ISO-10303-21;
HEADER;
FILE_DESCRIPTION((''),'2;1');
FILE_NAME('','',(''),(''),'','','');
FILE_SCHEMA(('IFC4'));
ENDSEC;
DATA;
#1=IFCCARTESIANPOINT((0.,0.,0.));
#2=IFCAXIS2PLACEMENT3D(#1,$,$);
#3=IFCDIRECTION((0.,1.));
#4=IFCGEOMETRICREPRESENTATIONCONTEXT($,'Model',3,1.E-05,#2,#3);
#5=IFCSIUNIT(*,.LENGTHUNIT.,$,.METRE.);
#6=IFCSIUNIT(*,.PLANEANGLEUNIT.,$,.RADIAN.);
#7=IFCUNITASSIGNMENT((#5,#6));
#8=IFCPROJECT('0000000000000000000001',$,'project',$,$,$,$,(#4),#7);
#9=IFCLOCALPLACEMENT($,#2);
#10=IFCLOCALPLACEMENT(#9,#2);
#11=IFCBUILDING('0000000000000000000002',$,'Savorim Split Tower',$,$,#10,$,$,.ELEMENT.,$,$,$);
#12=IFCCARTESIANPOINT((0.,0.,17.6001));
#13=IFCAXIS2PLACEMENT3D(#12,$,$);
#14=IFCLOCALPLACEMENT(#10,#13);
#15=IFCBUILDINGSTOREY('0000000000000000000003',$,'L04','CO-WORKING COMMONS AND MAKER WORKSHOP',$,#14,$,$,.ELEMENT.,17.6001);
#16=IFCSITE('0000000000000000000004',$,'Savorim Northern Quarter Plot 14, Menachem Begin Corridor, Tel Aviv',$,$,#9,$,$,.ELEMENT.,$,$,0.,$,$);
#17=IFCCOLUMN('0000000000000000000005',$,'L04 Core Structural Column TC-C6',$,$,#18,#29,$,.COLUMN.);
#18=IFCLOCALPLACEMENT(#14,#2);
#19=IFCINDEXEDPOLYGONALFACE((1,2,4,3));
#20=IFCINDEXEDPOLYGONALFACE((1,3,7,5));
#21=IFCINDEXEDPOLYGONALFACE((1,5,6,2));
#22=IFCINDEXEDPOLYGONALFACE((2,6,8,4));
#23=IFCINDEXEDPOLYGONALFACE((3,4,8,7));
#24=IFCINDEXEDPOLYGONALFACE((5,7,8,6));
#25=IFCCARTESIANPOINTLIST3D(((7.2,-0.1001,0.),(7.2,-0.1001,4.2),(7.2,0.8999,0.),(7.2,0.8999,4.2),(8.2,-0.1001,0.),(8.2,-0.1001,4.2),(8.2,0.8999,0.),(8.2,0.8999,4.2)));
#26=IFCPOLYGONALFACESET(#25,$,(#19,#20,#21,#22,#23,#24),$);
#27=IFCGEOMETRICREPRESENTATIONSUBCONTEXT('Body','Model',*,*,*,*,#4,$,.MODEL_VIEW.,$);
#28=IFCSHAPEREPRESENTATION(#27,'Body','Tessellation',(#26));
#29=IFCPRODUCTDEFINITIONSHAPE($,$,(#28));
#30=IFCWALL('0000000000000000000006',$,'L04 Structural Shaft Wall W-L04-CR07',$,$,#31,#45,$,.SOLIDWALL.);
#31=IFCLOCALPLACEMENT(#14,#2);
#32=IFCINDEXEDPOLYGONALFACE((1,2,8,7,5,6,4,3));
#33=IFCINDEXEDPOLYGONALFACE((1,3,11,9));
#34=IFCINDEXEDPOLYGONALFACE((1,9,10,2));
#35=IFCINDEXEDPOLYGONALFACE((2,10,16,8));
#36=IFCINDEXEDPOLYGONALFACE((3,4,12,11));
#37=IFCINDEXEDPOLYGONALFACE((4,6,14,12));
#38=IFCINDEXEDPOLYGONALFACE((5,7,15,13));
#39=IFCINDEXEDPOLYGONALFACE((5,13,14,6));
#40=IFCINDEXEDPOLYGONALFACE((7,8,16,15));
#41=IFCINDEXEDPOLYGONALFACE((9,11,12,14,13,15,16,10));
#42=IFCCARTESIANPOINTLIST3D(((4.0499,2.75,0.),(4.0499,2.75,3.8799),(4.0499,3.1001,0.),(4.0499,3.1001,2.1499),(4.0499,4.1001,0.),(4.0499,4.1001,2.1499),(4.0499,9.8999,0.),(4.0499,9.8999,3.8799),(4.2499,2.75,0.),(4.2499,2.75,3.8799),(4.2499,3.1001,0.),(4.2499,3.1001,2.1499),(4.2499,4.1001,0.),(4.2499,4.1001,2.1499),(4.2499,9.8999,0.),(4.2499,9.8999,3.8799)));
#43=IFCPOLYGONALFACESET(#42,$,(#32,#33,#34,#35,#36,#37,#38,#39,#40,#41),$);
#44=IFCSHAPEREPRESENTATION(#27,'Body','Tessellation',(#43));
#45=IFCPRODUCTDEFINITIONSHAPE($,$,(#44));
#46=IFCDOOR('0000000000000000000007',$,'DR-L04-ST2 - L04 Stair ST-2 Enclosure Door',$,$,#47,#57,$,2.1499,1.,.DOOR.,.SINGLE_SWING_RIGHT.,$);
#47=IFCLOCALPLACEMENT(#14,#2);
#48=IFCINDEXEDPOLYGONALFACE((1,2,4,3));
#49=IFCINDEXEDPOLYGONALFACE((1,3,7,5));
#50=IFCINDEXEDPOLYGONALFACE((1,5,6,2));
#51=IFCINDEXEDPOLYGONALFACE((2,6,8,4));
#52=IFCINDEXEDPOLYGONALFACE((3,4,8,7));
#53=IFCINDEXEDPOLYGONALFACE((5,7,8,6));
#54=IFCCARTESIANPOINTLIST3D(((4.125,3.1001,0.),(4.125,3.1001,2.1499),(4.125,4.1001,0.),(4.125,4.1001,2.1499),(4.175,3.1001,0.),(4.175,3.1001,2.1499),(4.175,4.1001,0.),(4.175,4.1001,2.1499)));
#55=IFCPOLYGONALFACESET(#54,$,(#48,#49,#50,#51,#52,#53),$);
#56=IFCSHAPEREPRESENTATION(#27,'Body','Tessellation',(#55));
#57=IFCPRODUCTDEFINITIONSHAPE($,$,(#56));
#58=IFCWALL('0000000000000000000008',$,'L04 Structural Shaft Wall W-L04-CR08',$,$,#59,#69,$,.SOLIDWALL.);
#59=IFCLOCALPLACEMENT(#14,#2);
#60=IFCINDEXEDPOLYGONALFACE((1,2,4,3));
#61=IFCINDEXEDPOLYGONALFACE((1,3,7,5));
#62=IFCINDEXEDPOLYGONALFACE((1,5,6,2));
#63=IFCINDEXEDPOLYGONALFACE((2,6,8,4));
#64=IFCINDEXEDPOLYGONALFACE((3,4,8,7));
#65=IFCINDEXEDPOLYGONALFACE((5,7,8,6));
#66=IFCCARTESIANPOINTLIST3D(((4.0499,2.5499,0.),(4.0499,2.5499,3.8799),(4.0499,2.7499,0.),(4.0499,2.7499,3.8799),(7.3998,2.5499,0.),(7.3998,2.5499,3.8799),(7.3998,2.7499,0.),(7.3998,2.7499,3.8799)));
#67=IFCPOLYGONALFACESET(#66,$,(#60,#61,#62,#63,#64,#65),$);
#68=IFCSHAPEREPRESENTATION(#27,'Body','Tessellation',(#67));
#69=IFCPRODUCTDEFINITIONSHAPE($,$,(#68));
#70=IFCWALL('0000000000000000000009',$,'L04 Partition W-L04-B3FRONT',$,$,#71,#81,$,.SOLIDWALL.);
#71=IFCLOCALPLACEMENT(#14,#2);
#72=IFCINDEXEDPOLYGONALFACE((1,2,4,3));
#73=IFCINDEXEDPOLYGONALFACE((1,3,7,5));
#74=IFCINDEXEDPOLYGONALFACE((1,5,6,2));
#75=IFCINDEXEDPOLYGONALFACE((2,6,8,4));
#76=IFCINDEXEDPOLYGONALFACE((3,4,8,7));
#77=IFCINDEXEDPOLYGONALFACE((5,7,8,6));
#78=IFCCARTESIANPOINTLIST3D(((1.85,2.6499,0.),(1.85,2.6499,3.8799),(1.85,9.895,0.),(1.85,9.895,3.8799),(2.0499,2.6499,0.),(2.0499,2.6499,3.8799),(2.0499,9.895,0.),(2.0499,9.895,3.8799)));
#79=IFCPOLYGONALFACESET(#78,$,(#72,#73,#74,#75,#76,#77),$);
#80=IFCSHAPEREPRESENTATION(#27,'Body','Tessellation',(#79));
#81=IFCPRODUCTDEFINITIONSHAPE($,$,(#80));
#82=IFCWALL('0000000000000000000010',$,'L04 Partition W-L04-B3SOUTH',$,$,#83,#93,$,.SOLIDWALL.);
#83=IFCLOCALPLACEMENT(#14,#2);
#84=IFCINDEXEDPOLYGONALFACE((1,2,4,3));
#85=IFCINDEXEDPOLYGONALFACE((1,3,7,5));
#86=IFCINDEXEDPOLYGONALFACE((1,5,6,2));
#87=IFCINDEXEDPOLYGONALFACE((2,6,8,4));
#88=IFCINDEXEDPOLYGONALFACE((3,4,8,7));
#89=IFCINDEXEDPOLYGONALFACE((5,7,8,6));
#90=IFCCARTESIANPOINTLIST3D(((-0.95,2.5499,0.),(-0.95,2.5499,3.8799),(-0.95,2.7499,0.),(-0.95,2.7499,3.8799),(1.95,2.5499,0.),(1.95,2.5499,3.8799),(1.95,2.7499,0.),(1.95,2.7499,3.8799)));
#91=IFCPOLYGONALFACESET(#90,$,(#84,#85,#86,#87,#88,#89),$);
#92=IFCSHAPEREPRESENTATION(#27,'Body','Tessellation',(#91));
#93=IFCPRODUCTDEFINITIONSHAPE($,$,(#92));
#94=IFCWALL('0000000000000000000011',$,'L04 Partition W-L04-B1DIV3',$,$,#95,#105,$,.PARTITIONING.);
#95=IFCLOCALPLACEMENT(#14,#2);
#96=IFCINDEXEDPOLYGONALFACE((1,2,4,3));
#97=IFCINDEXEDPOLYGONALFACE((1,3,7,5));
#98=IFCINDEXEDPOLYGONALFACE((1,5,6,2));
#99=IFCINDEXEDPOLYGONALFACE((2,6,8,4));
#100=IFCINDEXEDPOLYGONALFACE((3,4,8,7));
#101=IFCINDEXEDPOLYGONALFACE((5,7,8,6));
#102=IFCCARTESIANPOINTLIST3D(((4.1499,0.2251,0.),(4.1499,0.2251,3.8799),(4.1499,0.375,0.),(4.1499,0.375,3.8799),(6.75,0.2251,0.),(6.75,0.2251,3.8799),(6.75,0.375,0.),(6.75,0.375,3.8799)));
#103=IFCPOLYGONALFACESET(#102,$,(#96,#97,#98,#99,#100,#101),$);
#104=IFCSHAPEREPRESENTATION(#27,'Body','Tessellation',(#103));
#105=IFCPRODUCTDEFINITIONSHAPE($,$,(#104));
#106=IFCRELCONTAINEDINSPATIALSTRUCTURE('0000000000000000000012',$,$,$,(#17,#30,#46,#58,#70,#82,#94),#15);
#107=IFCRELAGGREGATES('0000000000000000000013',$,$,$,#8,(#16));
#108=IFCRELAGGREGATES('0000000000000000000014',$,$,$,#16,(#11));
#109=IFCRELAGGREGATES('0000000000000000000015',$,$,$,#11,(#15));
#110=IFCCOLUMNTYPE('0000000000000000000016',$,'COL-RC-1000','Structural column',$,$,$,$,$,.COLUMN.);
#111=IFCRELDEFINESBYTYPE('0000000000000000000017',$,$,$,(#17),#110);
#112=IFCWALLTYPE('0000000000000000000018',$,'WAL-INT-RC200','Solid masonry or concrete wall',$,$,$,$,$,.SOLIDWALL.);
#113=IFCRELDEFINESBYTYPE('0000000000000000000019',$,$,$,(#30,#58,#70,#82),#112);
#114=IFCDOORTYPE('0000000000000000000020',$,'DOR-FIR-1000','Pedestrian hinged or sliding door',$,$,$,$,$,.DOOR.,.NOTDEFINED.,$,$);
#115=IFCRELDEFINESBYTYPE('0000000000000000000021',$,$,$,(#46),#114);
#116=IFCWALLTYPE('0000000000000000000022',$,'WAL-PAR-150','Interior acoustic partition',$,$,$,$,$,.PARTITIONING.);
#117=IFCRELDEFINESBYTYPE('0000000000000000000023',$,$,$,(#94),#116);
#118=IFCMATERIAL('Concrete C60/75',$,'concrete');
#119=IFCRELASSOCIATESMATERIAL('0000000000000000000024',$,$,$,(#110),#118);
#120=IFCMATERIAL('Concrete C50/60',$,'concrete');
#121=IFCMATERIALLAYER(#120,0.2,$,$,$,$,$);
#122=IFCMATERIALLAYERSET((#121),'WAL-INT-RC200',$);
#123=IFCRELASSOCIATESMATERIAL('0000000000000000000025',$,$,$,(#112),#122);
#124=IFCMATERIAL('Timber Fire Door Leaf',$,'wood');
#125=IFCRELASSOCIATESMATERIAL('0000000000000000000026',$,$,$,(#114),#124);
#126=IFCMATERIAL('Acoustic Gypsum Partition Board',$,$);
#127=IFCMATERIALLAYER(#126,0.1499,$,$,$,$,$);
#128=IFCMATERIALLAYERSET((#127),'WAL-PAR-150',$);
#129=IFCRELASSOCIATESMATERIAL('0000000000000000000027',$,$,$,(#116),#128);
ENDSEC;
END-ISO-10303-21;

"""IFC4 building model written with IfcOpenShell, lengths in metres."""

from ifc_helpers import new_model, si_unit, direction, frame, frame_2d, origin, origin_2d, place, context, subcontext, project, spatial, rectangle, extrude, material, layer, layer_set, material_profile, profile_set, type_object, element, fill, save


model = new_model("IFC4")

# Units and contexts
model_context = context("Model", 3, precision=1e-05, world=origin(), true_north=direction((0.0, 1.0)))
body_context = subcontext(model_context, "Body", "Model", "MODEL_VIEW")
ifc_project = project(units=[si_unit("LENGTHUNIT", "METRE"), si_unit("PLANEANGLEUNIT", "RADIAN")], contexts=[model_context])

# Site, building, storey
site_placement = place(None, origin())
site = spatial("IfcSite", under=ifc_project, at=site_placement, Name="Savorim Northern Quarter Plot 14, Menachem Begin Corridor, Tel Aviv", CompositionType="ELEMENT", RefElevation=0.0)
building_placement = place(site_placement, origin())
building = spatial("IfcBuilding", under=site, at=building_placement, Name="Savorim Split Tower", CompositionType="ELEMENT")
storey_placement = place(building_placement, frame((0.0, 0.0, 17.6001)))
storey = spatial("IfcBuildingStorey", under=building, at=storey_placement, Name="L04", Description="CO-WORKING COMMONS AND MAKER WORKSHOP", CompositionType="ELEMENT", Elevation=17.6001)

# Column
ifc_material_1 = material(Name="Concrete C60/75", Category="concrete")
ifc_material_profile = material_profile(ifc_material_1, rectangle(XDim=1.0, YDim=1.0, at=origin_2d()), Name="RC 1000x1000")
ifc_profile_set = profile_set([ifc_material_profile], Name="Concrete C60/75")
column_type = type_object("IfcColumnType", Name="COL-RC-1000", Description="Structural column", PredefinedType="COLUMN", material=ifc_profile_set)
column_placement = place(storey_placement, frame((7.7, 0.3999, 0.0), z_axis=(0.0, 0.0, 1.0), x_axis=(1.0, 0.0, 0.0)))
element("IfcColumn", 1, at=column_placement, inside=storey, type_object=column_type, Name="L04 Core Structural Column TC-C6", PredefinedType="COLUMN", context=body_context, shape_type="SweptSolid", body=[
    extrude(rectangle(XDim=1.0, YDim=1.0, at=origin_2d()), origin(), (0.0, 0.0, 1.0), 4.2),
])

# Wall, opening, door
ifc_material_2 = material(Name="Concrete C50/60", Category="concrete")
ifc_layer_1 = layer(ifc_material_2, 0.2)
ifc_layer_set_1 = layer_set([ifc_layer_1], Name="WAL-INT-RC200")
wall_type_1 = type_object("IfcWallType", Name="WAL-INT-RC200", Description="Solid masonry or concrete wall", PredefinedType="SOLIDWALL", material=ifc_layer_set_1)
wall_1_placement = place(storey_placement, frame((4.1499, 2.75, 0.0), z_axis=(0.0, 0.0, 1.0), x_axis=(0.0, 1.0, 0.0)))
wall_1 = element("IfcWall", 2, at=wall_1_placement, inside=storey, type_object=wall_type_1, Name="L04 Structural Shaft Wall W-L04-CR07", PredefinedType="SOLIDWALL", context=body_context, shape_type="SweptSolid", body=[
    extrude(rectangle(XDim=7.1499, YDim=0.2, at=frame_2d((3.575, 0.0))), origin(), (0.0, 0.0, 1.0), 3.8799),
])
opening_placement = place(wall_1_placement, frame((0.3501, 0.0, 0.0)))
opening = element("IfcOpeningElement", 3, at=opening_placement, cuts=wall_1, PredefinedType="OPENING", context=body_context, shape_type="SweptSolid", body=[
    extrude(rectangle(XDim=1.0, YDim=2.1499, at=frame_2d((0.5, 1.075))), frame((0.0, 0.1099, 0.0), z_axis=(0.0, -1.0, 0.0), x_axis=(1.0, 0.0, 0.0)), (0.0, 0.0, 1.0), 0.22),
])
ifc_material_3 = material(Name="Timber Fire Door Leaf", Category="wood")
door_type = type_object("IfcDoorType", Name="DOR-FIR-1000", Description="Pedestrian hinged or sliding door", OperationType="NOTDEFINED", PredefinedType="DOOR", material=ifc_material_3)
door_placement = place(opening_placement, origin())
door = element("IfcDoor", 4, at=door_placement, inside=storey, type_object=door_type, Name="DR-L04-ST2 - L04 Stair ST-2 Enclosure Door", OperationType="SINGLE_SWING_RIGHT", OverallHeight=2.1499, OverallWidth=1.0, PredefinedType="DOOR", context=body_context, shape_type="SweptSolid", body=[
    extrude(rectangle(XDim=1.0, YDim=2.1499, at=frame_2d((0.5, 1.075))), frame((0.0, 0.0249, 0.0), z_axis=(0.0, -1.0, 0.0), x_axis=(1.0, 0.0, 0.0)), (0.0, 0.0, 1.0), 0.05),
])
fill(opening, door)

# Walls
wall_2_placement = place(storey_placement, frame((4.05, 2.6499, 0.0), z_axis=(0.0, 0.0, 1.0), x_axis=(1.0, 0.0, 0.0)))
element("IfcWall", 5, at=wall_2_placement, inside=storey, type_object=wall_type_1, Name="L04 Structural Shaft Wall W-L04-CR08", PredefinedType="SOLIDWALL", context=body_context, shape_type="SweptSolid", body=[
    extrude(rectangle(XDim=3.3499, YDim=0.2, at=frame_2d((1.6748, 0.0))), origin(), (0.0, 0.0, 1.0), 3.8799),
])
wall_3_placement = place(storey_placement, frame((1.95, 2.6499, 0.0), z_axis=(0.0, 0.0, 1.0), x_axis=(0.0, 1.0, 0.0)))
element("IfcWall", 6, at=wall_3_placement, inside=storey, type_object=wall_type_1, Name="L04 Partition W-L04-B3FRONT", PredefinedType="SOLIDWALL", context=body_context, shape_type="SweptSolid", body=[
    extrude(rectangle(XDim=7.2451, YDim=0.2, at=frame_2d((3.6226, 0.0))), origin(), (0.0, 0.0, 1.0), 3.8799),
])
wall_4_placement = place(storey_placement, frame((-0.95, 2.6499, 0.0), z_axis=(0.0, 0.0, 1.0), x_axis=(1.0, 0.0, 0.0)))
element("IfcWall", 7, at=wall_4_placement, inside=storey, type_object=wall_type_1, Name="L04 Partition W-L04-B3SOUTH", PredefinedType="SOLIDWALL", context=body_context, shape_type="SweptSolid", body=[
    extrude(rectangle(XDim=2.8999, YDim=0.2, at=frame_2d((1.45, 0.0))), origin(), (0.0, 0.0, 1.0), 3.8799),
])
ifc_material_4 = material(Name="Acoustic Gypsum Partition Board")
ifc_layer_2 = layer(ifc_material_4, 0.1499)
ifc_layer_set_2 = layer_set([ifc_layer_2], Name="WAL-PAR-150")
wall_type_2 = type_object("IfcWallType", Name="WAL-PAR-150", Description="Interior acoustic partition", PredefinedType="PARTITIONING", material=ifc_layer_set_2)
wall_5_placement = place(storey_placement, frame((4.1499, 0.3, 0.0), z_axis=(0.0, 0.0, 1.0), x_axis=(1.0, 0.0, 0.0)))
element("IfcWall", 8, at=wall_5_placement, inside=storey, type_object=wall_type_2, Name="L04 Partition W-L04-B1DIV3", PredefinedType="PARTITIONING", context=body_context, shape_type="SweptSolid", body=[
    extrude(rectangle(XDim=2.6001, YDim=0.1499, at=frame_2d((1.3, 0.0))), origin(), (0.0, 0.0, 1.0), 3.8799),
])

save(model, "model.ifc")
